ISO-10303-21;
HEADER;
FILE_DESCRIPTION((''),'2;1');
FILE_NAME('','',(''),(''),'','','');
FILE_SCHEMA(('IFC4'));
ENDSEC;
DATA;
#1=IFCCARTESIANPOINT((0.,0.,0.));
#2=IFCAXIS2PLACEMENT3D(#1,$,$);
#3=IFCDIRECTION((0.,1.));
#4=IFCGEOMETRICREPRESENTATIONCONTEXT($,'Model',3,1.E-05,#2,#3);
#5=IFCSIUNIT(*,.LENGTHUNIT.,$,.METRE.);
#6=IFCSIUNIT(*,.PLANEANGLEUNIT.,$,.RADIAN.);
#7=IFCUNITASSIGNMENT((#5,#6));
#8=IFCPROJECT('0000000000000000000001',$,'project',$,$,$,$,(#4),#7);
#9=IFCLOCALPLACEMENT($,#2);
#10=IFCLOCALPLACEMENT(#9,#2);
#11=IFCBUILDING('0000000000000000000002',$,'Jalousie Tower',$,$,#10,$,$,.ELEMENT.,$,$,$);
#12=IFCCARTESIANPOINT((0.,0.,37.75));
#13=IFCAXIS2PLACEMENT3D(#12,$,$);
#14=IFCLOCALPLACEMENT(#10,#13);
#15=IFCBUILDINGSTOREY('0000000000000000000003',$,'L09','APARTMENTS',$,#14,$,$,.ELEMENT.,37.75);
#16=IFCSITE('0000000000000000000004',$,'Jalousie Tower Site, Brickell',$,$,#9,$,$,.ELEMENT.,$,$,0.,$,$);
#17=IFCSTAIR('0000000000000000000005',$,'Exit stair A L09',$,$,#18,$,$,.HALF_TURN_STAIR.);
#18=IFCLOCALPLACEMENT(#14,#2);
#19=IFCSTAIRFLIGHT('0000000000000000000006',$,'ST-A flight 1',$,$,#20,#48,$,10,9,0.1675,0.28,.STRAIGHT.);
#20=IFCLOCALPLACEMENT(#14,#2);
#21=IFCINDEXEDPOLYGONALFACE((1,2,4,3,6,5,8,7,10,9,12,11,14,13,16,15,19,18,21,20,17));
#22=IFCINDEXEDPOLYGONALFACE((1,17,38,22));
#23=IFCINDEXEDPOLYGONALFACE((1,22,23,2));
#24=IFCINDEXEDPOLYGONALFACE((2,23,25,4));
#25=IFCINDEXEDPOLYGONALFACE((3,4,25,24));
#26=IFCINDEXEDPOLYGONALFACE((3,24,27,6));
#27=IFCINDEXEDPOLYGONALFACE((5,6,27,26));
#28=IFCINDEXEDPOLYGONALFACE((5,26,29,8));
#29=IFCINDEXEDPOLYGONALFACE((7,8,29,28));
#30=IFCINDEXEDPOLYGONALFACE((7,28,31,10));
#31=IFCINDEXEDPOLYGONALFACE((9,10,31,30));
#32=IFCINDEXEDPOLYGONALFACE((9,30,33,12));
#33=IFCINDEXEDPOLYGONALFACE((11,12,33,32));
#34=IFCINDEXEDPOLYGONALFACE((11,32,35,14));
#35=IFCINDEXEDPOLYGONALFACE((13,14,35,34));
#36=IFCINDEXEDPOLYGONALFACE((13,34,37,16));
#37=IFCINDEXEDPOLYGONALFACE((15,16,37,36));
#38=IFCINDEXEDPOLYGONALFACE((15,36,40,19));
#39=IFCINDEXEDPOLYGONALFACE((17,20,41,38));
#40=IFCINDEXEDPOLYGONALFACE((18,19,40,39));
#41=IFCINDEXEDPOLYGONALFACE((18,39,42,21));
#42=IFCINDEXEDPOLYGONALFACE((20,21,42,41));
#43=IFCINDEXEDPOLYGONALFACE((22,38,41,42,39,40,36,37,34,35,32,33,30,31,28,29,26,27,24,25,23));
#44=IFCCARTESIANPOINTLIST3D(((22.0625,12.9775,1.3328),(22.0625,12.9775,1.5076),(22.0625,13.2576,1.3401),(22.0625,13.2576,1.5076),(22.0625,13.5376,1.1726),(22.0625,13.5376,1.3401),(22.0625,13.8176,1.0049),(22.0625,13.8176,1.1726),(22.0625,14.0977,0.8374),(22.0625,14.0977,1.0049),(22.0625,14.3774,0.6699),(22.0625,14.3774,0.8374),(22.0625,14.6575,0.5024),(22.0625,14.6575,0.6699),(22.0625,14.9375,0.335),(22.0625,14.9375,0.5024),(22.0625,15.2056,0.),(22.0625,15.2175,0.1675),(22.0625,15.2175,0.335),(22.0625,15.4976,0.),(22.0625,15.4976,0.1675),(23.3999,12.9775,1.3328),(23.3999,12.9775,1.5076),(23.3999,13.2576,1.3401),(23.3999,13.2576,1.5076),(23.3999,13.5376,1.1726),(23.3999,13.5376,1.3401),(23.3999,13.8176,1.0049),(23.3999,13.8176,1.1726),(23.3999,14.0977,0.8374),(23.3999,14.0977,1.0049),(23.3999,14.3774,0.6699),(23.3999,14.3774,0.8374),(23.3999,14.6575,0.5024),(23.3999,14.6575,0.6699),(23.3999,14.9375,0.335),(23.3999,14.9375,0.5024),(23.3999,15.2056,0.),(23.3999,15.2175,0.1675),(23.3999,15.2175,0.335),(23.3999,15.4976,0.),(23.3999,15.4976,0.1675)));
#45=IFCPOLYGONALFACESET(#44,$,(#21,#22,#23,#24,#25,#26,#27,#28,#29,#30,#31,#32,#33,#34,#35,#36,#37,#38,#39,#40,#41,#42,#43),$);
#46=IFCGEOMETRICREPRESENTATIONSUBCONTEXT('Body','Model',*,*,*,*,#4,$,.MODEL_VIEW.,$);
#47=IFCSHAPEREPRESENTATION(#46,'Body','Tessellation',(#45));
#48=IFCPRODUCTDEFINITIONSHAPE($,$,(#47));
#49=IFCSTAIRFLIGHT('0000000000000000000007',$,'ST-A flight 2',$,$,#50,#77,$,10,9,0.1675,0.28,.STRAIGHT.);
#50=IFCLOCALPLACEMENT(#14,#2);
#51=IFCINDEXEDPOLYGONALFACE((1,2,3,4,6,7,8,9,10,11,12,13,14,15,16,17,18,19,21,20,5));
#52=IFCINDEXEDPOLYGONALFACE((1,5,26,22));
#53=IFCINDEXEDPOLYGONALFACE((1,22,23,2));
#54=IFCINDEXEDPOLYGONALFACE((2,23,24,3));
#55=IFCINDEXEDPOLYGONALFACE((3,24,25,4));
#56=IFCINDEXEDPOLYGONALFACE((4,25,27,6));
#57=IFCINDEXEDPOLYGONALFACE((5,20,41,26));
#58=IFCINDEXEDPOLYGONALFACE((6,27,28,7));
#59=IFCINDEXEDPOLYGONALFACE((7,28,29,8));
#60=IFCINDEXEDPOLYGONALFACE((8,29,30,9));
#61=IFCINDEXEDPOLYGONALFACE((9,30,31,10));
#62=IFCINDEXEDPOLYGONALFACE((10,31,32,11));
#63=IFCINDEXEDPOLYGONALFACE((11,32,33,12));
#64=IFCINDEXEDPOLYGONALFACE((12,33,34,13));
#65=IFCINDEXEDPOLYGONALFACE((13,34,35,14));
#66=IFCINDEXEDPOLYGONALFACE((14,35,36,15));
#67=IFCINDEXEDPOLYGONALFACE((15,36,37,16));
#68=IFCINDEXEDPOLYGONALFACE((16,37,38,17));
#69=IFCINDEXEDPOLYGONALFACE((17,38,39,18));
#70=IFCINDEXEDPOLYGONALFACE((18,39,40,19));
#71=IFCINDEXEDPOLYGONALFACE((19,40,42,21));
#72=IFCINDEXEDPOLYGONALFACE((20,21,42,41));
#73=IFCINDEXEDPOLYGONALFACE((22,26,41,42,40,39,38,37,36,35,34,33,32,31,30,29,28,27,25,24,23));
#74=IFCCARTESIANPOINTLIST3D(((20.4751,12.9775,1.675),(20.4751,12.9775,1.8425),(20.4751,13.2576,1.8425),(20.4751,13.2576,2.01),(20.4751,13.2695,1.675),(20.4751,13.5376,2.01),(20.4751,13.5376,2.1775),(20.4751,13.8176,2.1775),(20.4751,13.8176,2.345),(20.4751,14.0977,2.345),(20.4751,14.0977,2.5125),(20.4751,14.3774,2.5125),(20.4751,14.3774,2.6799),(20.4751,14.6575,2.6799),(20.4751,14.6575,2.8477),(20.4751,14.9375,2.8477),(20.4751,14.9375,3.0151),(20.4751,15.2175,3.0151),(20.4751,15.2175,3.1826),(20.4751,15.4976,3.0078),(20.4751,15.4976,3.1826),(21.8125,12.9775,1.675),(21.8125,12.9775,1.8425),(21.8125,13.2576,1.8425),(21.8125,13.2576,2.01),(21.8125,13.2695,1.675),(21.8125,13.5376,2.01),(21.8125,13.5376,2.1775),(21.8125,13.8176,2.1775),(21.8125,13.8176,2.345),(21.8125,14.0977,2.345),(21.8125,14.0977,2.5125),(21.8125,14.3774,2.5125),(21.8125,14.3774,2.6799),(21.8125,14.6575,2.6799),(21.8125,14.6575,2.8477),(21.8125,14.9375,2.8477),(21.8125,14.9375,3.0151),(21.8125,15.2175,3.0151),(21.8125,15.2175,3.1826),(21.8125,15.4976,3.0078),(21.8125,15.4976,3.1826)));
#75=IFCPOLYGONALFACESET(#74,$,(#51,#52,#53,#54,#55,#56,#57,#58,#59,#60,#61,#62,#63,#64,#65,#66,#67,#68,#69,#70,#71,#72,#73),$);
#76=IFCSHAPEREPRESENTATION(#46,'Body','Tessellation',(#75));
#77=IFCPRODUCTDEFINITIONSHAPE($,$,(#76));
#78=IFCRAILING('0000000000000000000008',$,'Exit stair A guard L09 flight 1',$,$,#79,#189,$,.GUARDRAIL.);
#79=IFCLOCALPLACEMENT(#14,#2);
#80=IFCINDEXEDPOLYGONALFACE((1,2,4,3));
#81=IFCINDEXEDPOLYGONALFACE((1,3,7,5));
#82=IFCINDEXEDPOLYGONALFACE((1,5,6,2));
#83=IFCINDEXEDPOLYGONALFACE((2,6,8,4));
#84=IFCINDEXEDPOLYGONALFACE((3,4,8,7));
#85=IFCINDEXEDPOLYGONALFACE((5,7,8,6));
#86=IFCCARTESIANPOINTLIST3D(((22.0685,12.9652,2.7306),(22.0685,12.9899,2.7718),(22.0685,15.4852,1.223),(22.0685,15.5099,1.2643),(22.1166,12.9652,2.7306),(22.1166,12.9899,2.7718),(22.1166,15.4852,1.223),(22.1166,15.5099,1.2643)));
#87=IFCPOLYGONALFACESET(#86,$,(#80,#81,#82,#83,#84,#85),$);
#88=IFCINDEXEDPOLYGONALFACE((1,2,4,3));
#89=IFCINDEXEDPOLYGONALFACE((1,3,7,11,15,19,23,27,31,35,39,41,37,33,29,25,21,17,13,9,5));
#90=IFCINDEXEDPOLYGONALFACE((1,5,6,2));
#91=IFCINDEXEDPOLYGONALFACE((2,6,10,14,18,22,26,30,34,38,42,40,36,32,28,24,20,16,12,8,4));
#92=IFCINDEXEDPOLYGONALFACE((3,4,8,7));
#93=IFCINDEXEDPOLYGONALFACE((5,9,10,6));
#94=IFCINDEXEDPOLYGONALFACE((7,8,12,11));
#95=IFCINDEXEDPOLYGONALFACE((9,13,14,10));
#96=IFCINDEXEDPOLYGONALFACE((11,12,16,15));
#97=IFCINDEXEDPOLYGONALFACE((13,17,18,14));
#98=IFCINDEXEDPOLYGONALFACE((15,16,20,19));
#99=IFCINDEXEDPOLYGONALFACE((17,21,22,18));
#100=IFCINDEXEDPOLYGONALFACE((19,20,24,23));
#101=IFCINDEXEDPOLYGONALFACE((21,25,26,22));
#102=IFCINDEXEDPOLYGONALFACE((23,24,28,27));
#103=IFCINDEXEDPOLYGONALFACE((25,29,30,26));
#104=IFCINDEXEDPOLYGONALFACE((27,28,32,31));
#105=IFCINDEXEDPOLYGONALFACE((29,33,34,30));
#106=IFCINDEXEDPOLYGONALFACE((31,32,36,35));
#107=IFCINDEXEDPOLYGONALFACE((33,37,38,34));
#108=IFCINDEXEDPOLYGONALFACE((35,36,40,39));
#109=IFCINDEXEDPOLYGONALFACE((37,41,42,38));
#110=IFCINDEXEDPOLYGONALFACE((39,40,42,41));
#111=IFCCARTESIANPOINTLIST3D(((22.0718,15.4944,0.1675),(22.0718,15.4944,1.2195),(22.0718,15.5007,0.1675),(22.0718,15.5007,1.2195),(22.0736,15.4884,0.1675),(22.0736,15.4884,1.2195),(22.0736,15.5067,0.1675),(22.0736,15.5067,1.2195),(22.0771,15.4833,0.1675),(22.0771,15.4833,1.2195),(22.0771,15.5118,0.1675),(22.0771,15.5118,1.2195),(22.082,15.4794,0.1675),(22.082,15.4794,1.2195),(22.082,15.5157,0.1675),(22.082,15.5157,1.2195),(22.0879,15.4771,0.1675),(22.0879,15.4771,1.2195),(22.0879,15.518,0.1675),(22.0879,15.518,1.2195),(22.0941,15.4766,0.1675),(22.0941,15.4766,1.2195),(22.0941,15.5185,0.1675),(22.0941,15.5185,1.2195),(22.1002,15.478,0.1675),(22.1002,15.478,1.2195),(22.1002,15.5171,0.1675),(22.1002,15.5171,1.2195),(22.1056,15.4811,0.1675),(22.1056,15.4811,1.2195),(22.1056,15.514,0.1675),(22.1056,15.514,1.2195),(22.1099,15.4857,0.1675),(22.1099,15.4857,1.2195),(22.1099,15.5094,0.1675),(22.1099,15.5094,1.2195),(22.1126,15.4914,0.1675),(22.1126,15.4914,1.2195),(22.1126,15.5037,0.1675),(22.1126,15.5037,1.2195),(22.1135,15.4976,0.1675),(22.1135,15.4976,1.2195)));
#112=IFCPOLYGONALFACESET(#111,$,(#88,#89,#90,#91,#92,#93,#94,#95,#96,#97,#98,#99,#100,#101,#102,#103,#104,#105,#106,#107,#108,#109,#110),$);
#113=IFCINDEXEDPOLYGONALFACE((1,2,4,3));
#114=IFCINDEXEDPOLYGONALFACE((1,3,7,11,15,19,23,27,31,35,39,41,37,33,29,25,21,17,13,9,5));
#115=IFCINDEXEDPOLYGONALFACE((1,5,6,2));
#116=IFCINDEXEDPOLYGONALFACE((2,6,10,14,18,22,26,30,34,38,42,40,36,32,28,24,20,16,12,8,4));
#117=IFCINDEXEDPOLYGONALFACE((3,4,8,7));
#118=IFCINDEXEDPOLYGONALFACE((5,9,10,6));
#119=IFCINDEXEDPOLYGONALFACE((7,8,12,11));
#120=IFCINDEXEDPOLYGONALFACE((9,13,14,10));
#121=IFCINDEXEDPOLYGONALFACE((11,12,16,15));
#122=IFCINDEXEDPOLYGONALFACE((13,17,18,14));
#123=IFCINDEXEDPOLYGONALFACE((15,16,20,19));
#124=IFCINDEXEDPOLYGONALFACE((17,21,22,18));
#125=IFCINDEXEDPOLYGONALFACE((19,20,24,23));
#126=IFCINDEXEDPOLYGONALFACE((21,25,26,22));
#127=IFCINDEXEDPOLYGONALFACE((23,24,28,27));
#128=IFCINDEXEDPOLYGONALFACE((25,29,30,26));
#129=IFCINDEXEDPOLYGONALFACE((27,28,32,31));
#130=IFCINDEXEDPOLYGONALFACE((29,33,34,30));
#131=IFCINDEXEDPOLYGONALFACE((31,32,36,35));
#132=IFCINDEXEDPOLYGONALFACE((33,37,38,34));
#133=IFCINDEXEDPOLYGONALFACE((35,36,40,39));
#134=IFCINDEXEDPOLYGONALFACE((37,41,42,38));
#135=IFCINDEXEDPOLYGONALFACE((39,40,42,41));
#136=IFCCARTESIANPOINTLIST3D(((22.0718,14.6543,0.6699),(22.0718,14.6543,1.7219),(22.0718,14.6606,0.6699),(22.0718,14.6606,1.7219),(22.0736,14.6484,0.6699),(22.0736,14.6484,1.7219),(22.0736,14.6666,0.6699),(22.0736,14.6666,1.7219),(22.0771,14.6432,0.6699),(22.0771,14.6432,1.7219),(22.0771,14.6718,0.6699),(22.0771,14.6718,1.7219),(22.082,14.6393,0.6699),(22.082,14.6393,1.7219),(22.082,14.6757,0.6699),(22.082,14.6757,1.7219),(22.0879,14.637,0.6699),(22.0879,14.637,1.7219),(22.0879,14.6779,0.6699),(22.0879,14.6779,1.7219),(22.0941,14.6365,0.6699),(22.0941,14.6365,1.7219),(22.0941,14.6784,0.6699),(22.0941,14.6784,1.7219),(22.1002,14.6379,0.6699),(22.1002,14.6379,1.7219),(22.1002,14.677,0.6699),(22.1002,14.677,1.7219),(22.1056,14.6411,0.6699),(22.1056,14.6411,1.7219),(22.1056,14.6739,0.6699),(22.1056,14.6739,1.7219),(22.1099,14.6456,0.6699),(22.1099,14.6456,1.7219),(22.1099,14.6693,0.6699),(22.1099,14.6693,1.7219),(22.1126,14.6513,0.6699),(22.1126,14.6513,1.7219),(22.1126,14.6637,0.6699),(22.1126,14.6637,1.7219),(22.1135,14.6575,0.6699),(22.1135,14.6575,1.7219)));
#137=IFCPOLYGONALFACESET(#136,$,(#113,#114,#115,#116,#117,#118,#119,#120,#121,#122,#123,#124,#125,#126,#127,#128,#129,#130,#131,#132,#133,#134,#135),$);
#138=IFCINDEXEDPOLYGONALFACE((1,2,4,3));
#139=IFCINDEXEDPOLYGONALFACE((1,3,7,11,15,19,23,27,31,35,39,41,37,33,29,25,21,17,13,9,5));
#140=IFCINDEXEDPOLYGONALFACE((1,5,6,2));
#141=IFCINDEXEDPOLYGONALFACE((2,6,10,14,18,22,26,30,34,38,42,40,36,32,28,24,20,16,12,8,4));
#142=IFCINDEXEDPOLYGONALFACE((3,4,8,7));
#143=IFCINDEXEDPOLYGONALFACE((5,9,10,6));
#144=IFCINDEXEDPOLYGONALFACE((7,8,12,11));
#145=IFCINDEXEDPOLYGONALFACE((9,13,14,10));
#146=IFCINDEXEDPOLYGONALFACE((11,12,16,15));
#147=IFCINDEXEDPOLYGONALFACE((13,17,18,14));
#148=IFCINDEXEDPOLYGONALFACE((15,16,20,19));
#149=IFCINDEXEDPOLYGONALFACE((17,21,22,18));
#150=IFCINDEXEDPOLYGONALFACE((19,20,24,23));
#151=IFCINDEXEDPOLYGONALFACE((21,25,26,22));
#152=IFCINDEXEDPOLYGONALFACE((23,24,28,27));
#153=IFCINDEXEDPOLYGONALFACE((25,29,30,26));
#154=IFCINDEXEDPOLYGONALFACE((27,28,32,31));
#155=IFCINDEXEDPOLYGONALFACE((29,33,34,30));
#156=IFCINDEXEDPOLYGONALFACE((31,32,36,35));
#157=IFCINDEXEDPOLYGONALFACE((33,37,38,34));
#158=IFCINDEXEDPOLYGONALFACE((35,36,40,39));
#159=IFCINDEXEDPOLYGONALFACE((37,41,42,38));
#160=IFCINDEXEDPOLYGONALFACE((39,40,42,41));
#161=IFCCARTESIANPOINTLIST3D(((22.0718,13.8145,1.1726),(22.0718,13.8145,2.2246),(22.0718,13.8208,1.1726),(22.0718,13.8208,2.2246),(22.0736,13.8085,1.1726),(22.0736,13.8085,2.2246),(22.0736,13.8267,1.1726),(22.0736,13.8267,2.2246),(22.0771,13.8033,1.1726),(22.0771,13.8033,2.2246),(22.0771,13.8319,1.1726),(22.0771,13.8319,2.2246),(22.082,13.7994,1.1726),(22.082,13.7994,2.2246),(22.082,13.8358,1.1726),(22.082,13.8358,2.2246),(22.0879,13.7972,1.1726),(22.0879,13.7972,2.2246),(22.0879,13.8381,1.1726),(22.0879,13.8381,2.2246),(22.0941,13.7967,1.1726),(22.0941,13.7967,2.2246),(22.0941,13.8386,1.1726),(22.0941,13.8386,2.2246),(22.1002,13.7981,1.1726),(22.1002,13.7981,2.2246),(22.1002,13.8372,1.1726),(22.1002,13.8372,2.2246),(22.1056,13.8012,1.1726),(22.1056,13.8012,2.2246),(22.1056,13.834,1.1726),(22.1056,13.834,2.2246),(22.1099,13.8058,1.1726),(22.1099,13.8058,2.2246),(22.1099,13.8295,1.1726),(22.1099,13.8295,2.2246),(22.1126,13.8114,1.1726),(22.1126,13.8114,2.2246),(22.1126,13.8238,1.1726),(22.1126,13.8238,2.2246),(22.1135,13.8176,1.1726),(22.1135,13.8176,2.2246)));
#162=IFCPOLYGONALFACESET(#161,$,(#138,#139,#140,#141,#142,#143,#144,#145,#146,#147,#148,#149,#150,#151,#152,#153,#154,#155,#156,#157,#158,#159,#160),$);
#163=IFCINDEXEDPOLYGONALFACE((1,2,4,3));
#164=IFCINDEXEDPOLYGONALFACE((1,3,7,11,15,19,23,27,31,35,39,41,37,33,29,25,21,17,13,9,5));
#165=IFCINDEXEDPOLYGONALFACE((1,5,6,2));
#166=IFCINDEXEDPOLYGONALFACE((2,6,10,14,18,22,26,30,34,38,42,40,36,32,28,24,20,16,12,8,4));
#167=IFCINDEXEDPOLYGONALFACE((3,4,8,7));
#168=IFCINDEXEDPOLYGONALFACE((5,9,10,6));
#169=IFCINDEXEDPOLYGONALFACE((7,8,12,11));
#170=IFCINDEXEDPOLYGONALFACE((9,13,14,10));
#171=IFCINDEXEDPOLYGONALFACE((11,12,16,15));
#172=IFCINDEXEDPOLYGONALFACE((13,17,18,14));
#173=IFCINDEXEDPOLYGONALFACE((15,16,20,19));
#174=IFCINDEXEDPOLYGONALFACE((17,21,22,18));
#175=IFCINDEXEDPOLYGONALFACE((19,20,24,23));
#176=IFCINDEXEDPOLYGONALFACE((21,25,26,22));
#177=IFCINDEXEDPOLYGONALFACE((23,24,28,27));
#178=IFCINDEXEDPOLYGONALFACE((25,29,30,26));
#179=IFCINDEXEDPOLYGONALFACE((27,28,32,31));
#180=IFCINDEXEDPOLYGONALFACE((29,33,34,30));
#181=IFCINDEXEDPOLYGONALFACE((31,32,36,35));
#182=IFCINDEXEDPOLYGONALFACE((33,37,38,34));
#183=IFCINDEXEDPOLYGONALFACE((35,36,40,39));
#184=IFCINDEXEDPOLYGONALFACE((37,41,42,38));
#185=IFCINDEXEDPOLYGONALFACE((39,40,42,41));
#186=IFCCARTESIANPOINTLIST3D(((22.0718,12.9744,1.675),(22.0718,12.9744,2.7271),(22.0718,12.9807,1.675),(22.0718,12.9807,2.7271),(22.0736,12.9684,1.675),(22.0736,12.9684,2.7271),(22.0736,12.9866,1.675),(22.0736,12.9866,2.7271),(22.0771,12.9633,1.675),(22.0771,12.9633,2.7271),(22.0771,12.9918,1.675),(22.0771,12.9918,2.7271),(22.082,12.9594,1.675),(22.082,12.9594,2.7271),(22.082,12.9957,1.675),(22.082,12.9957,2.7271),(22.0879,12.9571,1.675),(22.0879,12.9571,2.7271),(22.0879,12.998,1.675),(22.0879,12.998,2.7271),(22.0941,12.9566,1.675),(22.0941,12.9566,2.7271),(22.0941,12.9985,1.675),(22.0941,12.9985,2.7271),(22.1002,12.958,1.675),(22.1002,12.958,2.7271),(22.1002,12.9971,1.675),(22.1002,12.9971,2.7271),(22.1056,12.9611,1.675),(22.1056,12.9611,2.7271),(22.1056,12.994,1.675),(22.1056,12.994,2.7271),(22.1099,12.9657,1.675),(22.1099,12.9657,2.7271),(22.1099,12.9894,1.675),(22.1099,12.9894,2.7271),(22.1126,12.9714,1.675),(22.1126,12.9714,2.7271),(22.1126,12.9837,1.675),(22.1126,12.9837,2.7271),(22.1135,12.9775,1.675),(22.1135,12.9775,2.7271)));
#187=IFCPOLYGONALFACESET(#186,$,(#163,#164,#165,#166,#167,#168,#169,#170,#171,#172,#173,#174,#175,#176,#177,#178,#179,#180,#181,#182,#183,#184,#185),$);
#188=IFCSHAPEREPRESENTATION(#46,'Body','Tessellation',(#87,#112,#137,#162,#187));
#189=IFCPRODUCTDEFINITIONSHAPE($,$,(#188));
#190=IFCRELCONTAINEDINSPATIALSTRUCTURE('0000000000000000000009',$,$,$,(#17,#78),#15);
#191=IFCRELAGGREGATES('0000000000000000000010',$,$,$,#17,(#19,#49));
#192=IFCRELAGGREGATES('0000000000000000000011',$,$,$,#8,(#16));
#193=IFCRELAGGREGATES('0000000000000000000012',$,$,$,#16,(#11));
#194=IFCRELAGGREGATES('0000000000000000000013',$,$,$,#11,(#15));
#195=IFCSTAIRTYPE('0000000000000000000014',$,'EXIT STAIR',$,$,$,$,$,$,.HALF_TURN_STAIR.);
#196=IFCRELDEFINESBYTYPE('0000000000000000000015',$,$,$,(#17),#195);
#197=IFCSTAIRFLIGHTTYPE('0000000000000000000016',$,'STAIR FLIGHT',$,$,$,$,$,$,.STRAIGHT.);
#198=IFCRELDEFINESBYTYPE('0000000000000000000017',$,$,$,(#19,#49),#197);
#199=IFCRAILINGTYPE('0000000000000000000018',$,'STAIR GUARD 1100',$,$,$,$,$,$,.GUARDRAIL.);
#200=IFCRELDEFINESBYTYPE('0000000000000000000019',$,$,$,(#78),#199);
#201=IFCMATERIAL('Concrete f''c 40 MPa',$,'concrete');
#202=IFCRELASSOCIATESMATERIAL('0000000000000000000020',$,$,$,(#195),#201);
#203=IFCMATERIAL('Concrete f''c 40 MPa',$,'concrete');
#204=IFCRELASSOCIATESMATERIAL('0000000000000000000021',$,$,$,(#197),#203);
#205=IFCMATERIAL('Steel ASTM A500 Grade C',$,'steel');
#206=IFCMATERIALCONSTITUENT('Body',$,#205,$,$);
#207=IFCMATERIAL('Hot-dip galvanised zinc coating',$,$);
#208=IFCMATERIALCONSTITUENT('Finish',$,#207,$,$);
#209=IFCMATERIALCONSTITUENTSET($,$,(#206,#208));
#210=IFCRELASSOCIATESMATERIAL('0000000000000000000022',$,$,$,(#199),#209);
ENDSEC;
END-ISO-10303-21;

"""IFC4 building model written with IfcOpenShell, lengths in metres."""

from ifc_helpers import new_model, si_unit, direction, frame, origin, origin_2d, place, context, subcontext, project, spatial, polyline, rectangle, circle, outline, extrude, material, constituent, constituent_set, type_object, element, aggregate, save


model = new_model("IFC4")

# Units and contexts
model_context = context("Model", 3, precision=1e-05, world=origin(), true_north=direction((0.0, 1.0)))
body_context = subcontext(model_context, "Body", "Model", "MODEL_VIEW")
ifc_project = project(units=[si_unit("LENGTHUNIT", "METRE"), si_unit("PLANEANGLEUNIT", "RADIAN")], contexts=[model_context])

# Site, building, storey
site_placement = place(None, origin())
site = spatial("IfcSite", under=ifc_project, at=site_placement, Name="Jalousie Tower Site, Brickell", CompositionType="ELEMENT", RefElevation=0.0)
building_placement = place(site_placement, origin())
building = spatial("IfcBuilding", under=site, at=building_placement, Name="Jalousie Tower", CompositionType="ELEMENT")
storey_placement = place(building_placement, frame((0.0, 0.0, 37.75)))
storey = spatial("IfcBuildingStorey", under=building, at=storey_placement, Name="L09", Description="APARTMENTS", CompositionType="ELEMENT", Elevation=37.75)

# Stair, stair flights
ifc_material_1 = material(Name="Concrete f'c 40 MPa", Category="concrete")
stair_type = type_object("IfcStairType", Name="EXIT STAIR", PredefinedType="HALF_TURN_STAIR", material=ifc_material_1)
stair_placement = place(storey_placement, origin())
stair = element("IfcStair", 1, at=stair_placement, inside=storey, type_object=stair_type, Name="Exit stair A L09", PredefinedType="HALF_TURN_STAIR")
ifc_material_2 = material(Name="Concrete f'c 40 MPa", Category="concrete")
stair_flight_type = type_object("IfcStairFlightType", Name="STAIR FLIGHT", PredefinedType="STRAIGHT", material=ifc_material_2)
stair_flight_1_placement = place(storey_placement, frame((22.7312, 15.4976, 0.0), z_axis=(0.0, 0.0, 1.0), x_axis=(0.0, -1.0, 0.0)))
stair_flight_1 = element("IfcStairFlight", 2, at=stair_flight_1_placement, type_object=stair_flight_type, Name="ST-A flight 1", NumberOfRisers=10, NumberOfTreads=9, PredefinedType="STRAIGHT", RiserHeight=0.1675, TreadLength=0.28, context=body_context, shape_type="SweptSolid", body=[
    extrude(outline(polyline([(0.0, 0.0), (0.0, 0.1675), (0.28, 0.1675), (0.28, 0.335), (0.5601, 0.335), (0.5601, 0.5024), (0.8401, 0.5024), (0.8401, 0.6699), (1.1201, 0.6699), (1.1201, 0.8374), (1.3999, 0.8374), (1.3999, 1.0049), (1.6799, 1.0049), (1.6799, 1.1726), (1.96, 1.1726), (1.96, 1.3401), (2.24, 1.3401), (2.24, 1.5076), (2.52, 1.5076), (2.52, 1.675), (2.52, 1.3328), (0.292, 0.0), (0.0, 0.0)])), frame((0.0, 0.6687, 0.0), z_axis=(0.0, -1.0, 0.0), x_axis=(1.0, 0.0, 0.0)), (0.0, 0.0, 1.0), 1.3374),
])
stair_flight_2_placement = place(storey_placement, frame((21.1438, 12.9775, 1.675), z_axis=(0.0, 0.0, 1.0), x_axis=(0.0, 1.0, 0.0)))
stair_flight_2 = element("IfcStairFlight", 3, at=stair_flight_2_placement, type_object=stair_flight_type, Name="ST-A flight 2", NumberOfRisers=10, NumberOfTreads=9, PredefinedType="STRAIGHT", RiserHeight=0.1675, TreadLength=0.28, context=body_context, shape_type="SweptSolid", body=[
    extrude(outline(polyline([(0.0, 0.0), (0.0, 0.1675), (0.28, 0.1675), (0.28, 0.335), (0.5601, 0.335), (0.5601, 0.5024), (0.8401, 0.5024), (0.8401, 0.6699), (1.1201, 0.6699), (1.1201, 0.8374), (1.3999, 0.8374), (1.3999, 1.0049), (1.6799, 1.0049), (1.6799, 1.1726), (1.96, 1.1726), (1.96, 1.3401), (2.24, 1.3401), (2.24, 1.5076), (2.52, 1.5076), (2.52, 1.675), (2.52, 1.3328), (0.292, 0.0), (0.0, 0.0)])), frame((0.0, 0.6687, 0.0), z_axis=(0.0, -1.0, 0.0), x_axis=(1.0, 0.0, 0.0)), (0.0, 0.0, 1.0), 1.3374),
])
aggregate(stair, [stair_flight_1, stair_flight_2])

# Railing
ifc_material_3 = material(Name="Steel ASTM A500 Grade C", Category="steel")
ifc_constituent_1 = constituent(ifc_material_3, Name="Body")
ifc_material_4 = material(Name="Hot-dip galvanised zinc coating")
ifc_constituent_2 = constituent(ifc_material_4, Name="Finish")
ifc_constituent_set_1 = constituent_set(constituents=[ifc_constituent_1, ifc_constituent_2])
railing_type_1 = type_object("IfcRailingType", Name="STAIR GUARD 1100", PredefinedType="GUARDRAIL", material=ifc_constituent_set_1)
railing_1_placement = place(storey_placement, frame((22.0925, 15.4976, 0.1675)))
element("IfcRailing", 4, at=railing_1_placement, inside=storey, type_object=railing_type_1, Name="Exit stair A guard L09 flight 1", PredefinedType="GUARDRAIL", context=body_context, shape_type="SweptSolid", body=[
    extrude(rectangle(XDim=0.0481, YDim=0.0481, at=origin_2d()), frame((0.0, 0.0, 1.0762), z_axis=(0.0, -0.85816, 0.513383), x_axis=(1.0, 0.0, 0.0)), (0.0, 0.0, 1.0), 2.9365),
    extrude(circle(Radius=0.021, at=origin_2d()), origin(), (0.0, 0.0, 1.0), 1.052),
    extrude(circle(Radius=0.021, at=origin_2d()), frame((0.0, -0.8401, 0.5024)), (0.0, 0.0, 1.0), 1.052),
    extrude(circle(Radius=0.021, at=origin_2d()), frame((0.0, -1.6799, 1.0051)), (0.0, 0.0, 1.0), 1.052),
    extrude(circle(Radius=0.021, at=origin_2d()), frame((0.0, -2.52, 1.5076)), (0.0, 0.0, 1.0), 1.052),
])

save(model, "model.ifc")
